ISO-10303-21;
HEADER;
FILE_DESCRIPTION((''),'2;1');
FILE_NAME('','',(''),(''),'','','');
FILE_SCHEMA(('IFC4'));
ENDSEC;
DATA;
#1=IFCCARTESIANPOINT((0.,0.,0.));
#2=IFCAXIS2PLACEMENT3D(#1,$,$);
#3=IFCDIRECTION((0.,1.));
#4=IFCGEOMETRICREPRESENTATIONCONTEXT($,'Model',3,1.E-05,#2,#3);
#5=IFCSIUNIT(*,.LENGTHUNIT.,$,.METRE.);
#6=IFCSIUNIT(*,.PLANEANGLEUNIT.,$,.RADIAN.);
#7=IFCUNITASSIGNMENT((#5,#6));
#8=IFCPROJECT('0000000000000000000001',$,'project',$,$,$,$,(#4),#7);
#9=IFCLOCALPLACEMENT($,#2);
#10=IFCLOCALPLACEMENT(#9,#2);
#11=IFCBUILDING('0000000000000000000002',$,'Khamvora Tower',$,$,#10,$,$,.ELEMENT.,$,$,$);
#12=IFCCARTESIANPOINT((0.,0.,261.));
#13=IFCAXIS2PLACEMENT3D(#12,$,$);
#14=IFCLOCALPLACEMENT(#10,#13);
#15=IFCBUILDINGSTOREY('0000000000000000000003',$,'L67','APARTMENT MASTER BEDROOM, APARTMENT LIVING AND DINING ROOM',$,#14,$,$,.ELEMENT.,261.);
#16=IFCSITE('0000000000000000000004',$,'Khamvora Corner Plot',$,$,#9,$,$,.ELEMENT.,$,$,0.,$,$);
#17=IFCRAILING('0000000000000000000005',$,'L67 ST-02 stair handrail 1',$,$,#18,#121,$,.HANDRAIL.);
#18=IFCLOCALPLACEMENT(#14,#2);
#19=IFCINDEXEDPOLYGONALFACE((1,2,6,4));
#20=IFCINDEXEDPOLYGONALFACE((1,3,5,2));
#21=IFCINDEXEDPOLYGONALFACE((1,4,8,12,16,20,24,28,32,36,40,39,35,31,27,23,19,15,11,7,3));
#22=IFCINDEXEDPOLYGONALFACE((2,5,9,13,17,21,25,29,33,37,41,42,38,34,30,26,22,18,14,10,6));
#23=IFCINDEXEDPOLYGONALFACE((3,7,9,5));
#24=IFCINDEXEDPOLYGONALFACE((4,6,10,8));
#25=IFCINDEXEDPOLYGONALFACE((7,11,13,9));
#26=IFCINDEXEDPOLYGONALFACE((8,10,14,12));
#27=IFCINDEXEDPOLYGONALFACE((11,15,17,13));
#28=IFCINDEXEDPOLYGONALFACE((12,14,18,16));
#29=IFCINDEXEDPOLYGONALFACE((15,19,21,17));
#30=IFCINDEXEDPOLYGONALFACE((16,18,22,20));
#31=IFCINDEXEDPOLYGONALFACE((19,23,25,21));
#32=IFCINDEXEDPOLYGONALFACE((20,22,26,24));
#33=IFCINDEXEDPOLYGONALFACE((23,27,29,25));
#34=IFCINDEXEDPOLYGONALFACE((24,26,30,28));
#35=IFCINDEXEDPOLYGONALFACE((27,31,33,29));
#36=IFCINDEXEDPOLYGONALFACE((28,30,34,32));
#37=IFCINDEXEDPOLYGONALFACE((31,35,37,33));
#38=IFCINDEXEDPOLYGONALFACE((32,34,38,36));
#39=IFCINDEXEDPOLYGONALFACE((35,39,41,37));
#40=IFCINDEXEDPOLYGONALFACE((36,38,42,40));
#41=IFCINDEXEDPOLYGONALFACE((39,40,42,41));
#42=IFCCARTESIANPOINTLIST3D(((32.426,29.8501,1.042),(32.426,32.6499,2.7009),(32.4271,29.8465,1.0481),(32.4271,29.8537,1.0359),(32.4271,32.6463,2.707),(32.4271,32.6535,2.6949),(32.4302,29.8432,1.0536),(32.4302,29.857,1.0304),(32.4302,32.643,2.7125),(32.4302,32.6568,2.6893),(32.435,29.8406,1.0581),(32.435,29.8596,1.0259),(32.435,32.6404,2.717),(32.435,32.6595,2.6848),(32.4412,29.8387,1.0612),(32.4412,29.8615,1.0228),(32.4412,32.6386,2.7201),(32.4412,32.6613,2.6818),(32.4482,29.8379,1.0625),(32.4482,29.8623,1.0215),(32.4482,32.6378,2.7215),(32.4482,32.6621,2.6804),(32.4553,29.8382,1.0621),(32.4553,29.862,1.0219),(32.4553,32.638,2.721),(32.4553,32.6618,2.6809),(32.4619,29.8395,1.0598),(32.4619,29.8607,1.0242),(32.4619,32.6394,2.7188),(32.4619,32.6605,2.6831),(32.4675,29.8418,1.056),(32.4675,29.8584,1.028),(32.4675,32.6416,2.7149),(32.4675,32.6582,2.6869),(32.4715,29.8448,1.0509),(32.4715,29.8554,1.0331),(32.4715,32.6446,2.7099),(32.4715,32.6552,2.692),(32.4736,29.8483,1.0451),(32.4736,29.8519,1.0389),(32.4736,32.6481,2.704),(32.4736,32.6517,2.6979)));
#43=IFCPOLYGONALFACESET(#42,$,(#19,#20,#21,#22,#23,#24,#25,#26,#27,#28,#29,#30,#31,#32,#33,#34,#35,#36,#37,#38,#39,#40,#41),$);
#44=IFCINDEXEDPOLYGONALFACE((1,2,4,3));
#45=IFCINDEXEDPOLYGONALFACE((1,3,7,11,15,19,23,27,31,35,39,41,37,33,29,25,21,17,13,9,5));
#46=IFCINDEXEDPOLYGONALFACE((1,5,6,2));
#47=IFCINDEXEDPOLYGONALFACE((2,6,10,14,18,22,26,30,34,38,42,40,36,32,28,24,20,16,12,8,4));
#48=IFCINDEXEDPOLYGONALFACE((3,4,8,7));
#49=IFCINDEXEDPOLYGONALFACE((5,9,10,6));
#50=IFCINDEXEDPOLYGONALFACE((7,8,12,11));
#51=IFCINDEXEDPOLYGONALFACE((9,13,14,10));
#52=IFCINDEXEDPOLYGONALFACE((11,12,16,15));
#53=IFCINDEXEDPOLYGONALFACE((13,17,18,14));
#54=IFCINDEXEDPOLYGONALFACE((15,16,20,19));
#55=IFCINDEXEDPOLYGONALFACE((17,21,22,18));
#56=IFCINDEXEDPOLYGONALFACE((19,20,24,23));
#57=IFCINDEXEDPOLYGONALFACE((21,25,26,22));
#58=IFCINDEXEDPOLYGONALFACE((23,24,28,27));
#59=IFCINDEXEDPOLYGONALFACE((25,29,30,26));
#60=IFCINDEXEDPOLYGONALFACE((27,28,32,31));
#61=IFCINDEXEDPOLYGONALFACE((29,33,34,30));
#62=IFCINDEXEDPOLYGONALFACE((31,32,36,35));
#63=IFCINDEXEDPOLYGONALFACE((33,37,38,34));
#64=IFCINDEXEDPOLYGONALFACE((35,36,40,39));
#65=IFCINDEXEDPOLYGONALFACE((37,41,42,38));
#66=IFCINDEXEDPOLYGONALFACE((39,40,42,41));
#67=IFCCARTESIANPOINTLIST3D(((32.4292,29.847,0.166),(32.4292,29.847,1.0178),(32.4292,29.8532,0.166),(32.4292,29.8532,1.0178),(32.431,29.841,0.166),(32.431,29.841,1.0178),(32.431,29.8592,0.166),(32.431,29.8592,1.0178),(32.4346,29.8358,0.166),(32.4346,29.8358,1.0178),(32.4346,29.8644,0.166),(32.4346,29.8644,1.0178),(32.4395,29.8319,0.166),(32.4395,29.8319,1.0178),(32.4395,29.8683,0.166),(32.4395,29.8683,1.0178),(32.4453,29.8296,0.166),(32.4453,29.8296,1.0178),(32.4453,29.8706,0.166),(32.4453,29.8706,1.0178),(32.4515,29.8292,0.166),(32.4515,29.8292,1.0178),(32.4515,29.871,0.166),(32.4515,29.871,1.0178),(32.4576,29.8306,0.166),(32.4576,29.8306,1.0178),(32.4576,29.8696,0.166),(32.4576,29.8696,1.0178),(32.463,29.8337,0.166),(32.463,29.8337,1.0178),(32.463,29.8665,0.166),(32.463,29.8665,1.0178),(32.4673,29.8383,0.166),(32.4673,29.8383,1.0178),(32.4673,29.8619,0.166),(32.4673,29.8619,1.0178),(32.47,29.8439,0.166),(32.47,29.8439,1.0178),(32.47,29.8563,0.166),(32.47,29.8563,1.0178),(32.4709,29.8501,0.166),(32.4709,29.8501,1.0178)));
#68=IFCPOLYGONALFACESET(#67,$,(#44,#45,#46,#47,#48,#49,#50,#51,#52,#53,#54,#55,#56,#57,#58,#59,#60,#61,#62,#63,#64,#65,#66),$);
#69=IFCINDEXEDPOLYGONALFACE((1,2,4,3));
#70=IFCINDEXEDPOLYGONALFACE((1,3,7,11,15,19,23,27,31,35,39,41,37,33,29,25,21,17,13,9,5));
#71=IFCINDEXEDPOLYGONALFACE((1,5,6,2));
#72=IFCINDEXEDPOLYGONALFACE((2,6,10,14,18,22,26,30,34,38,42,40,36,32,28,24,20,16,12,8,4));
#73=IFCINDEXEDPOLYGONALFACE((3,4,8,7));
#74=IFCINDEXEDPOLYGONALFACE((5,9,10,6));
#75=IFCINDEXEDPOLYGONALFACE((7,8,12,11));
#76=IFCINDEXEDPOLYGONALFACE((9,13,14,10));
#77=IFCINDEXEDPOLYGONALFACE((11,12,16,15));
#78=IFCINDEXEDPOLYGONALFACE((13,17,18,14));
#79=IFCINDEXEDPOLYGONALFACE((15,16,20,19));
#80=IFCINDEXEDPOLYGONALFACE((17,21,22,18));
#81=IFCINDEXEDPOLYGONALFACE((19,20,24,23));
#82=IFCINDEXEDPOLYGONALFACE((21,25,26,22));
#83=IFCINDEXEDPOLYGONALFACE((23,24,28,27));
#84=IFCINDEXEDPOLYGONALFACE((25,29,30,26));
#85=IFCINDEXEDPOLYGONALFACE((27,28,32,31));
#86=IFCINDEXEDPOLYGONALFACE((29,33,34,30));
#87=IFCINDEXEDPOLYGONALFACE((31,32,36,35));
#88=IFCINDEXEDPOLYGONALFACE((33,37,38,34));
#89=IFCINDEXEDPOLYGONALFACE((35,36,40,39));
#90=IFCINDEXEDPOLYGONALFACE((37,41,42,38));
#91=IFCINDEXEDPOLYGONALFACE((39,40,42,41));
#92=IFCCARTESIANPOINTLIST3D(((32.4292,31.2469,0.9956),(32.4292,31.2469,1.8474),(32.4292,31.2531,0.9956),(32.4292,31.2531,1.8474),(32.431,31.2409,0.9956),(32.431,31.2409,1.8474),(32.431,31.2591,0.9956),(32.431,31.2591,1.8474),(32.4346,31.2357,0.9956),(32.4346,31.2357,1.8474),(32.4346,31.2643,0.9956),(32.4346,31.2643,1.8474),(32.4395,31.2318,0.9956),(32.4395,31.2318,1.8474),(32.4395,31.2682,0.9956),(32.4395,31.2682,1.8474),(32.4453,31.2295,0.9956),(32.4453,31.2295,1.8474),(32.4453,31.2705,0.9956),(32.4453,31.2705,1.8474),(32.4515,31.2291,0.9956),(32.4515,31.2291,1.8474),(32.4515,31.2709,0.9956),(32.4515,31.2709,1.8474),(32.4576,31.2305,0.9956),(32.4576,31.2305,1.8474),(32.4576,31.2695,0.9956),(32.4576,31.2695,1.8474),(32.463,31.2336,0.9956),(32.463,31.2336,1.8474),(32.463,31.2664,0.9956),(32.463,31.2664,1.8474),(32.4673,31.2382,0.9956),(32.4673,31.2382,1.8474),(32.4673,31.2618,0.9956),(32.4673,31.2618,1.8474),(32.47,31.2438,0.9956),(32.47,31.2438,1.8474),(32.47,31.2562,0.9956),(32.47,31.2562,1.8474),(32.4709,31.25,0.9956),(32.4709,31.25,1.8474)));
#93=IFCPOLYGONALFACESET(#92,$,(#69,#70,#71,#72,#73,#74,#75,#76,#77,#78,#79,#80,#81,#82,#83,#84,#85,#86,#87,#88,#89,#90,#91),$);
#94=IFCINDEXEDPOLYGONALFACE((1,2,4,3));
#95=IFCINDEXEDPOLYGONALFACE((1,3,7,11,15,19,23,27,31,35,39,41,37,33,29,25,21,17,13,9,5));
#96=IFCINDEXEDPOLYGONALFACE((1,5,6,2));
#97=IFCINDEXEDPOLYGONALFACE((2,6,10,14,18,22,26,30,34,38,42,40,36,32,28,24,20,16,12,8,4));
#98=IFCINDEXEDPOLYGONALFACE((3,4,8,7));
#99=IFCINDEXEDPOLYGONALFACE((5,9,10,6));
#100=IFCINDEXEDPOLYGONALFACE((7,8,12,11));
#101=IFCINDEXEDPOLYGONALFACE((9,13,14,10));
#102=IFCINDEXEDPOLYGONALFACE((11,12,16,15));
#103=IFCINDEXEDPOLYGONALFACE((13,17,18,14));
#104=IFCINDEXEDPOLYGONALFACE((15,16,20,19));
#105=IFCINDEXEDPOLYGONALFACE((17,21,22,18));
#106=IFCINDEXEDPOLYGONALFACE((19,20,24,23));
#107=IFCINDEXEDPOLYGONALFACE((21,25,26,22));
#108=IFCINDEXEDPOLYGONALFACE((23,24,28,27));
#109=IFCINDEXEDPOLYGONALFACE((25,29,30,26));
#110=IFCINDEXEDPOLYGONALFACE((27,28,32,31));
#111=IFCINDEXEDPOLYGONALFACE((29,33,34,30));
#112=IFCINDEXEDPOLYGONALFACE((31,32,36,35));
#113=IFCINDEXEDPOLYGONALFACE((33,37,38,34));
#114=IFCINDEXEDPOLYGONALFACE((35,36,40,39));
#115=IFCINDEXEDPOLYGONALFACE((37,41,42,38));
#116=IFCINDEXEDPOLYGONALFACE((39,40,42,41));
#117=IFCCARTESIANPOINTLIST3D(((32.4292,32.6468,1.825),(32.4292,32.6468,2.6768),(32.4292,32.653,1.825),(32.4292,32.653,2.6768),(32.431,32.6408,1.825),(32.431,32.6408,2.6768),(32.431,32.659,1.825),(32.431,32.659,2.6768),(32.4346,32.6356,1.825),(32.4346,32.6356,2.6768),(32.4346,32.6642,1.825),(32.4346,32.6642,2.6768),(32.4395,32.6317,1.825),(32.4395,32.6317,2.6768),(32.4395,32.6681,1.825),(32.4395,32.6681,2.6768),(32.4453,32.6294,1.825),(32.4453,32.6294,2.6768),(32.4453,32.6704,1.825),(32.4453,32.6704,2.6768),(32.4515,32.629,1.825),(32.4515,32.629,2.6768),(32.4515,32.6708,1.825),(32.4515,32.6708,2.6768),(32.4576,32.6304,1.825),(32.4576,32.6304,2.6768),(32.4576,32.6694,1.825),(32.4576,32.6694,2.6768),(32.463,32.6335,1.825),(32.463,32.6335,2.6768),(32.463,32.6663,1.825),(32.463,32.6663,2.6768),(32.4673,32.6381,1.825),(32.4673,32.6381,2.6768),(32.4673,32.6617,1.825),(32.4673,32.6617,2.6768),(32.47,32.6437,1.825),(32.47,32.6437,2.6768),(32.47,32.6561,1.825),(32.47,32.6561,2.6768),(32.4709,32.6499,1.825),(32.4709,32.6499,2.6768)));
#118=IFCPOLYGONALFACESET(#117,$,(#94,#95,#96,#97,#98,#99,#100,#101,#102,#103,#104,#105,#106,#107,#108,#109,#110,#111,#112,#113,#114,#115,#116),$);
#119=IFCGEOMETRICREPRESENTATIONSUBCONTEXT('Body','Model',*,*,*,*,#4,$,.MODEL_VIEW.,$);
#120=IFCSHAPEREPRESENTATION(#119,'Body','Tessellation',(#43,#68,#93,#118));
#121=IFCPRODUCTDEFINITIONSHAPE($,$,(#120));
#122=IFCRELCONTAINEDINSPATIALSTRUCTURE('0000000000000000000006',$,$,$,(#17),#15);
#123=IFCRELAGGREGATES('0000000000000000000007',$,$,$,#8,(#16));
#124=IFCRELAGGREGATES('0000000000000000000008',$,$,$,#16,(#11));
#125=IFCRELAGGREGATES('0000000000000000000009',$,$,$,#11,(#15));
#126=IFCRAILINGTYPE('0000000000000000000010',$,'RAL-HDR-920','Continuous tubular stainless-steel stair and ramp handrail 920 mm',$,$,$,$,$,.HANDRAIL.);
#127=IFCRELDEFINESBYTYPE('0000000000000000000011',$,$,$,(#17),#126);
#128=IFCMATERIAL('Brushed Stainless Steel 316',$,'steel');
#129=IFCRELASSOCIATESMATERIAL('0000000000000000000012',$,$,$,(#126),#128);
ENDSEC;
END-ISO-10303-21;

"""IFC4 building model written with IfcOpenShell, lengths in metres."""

from ifc_helpers import new_model, si_unit, direction, frame, origin, origin_2d, place, context, subcontext, project, spatial, circle, extrude, material, type_object, element, save


model = new_model("IFC4")

# Units and contexts
model_context = context("Model", 3, precision=1e-05, world=origin(), true_north=direction((0.0, 1.0)))
body_context = subcontext(model_context, "Body", "Model", "MODEL_VIEW")
ifc_project = project(units=[si_unit("LENGTHUNIT", "METRE"), si_unit("PLANEANGLEUNIT", "RADIAN")], contexts=[model_context])

# Site, building, storey
site_placement = place(None, origin())
site = spatial("IfcSite", under=ifc_project, at=site_placement, Name="Khamvora Corner Plot", CompositionType="ELEMENT", RefElevation=0.0)
building_placement = place(site_placement, origin())
building = spatial("IfcBuilding", under=site, at=building_placement, Name="Khamvora Tower", CompositionType="ELEMENT")
storey_placement = place(building_placement, frame((0.0, 0.0, 261.0)))
storey = spatial("IfcBuildingStorey", under=building, at=storey_placement, Name="L67", Description="APARTMENT MASTER BEDROOM, APARTMENT LIVING AND DINING ROOM", CompositionType="ELEMENT", Elevation=261.0)

# Railing
ifc_material_1 = material(Name="Brushed Stainless Steel 316", Category="steel")
railing_type_1 = type_object("IfcRailingType", Name="RAL-HDR-920", Description="Continuous tubular stainless-steel stair and ramp handrail 920 mm", PredefinedType="HANDRAIL", material=ifc_material_1)
railing_1_placement = place(storey_placement, frame((32.45, 29.8501, 0.166)))
element("IfcRailing", 1, at=railing_1_placement, inside=storey, type_object=railing_type_1, Name="L67 ST-02 stair handrail 1", PredefinedType="HANDRAIL", context=body_context, shape_type="SweptSolid", body=[
    extrude(circle(Radius=0.0239, at=origin_2d()), frame((0.0, 0.0, 0.876), z_axis=(0.0, 0.86032, 0.509755), x_axis=(-1.0, 0.0, 0.0)), (0.0, 0.0, 1.0), 3.2544),
    extrude(circle(Radius=0.021, at=origin_2d()), origin(), (0.0, 0.0, 1.0), 0.8518),
    extrude(circle(Radius=0.021, at=origin_2d()), frame((0.0, 1.3999, 0.8296)), (0.0, 0.0, 1.0), 0.8518),
    extrude(circle(Radius=0.021, at=origin_2d()), frame((0.0, 2.7998, 1.6589)), (0.0, 0.0, 1.0), 0.8518),
])

save(model, "model.ifc")
